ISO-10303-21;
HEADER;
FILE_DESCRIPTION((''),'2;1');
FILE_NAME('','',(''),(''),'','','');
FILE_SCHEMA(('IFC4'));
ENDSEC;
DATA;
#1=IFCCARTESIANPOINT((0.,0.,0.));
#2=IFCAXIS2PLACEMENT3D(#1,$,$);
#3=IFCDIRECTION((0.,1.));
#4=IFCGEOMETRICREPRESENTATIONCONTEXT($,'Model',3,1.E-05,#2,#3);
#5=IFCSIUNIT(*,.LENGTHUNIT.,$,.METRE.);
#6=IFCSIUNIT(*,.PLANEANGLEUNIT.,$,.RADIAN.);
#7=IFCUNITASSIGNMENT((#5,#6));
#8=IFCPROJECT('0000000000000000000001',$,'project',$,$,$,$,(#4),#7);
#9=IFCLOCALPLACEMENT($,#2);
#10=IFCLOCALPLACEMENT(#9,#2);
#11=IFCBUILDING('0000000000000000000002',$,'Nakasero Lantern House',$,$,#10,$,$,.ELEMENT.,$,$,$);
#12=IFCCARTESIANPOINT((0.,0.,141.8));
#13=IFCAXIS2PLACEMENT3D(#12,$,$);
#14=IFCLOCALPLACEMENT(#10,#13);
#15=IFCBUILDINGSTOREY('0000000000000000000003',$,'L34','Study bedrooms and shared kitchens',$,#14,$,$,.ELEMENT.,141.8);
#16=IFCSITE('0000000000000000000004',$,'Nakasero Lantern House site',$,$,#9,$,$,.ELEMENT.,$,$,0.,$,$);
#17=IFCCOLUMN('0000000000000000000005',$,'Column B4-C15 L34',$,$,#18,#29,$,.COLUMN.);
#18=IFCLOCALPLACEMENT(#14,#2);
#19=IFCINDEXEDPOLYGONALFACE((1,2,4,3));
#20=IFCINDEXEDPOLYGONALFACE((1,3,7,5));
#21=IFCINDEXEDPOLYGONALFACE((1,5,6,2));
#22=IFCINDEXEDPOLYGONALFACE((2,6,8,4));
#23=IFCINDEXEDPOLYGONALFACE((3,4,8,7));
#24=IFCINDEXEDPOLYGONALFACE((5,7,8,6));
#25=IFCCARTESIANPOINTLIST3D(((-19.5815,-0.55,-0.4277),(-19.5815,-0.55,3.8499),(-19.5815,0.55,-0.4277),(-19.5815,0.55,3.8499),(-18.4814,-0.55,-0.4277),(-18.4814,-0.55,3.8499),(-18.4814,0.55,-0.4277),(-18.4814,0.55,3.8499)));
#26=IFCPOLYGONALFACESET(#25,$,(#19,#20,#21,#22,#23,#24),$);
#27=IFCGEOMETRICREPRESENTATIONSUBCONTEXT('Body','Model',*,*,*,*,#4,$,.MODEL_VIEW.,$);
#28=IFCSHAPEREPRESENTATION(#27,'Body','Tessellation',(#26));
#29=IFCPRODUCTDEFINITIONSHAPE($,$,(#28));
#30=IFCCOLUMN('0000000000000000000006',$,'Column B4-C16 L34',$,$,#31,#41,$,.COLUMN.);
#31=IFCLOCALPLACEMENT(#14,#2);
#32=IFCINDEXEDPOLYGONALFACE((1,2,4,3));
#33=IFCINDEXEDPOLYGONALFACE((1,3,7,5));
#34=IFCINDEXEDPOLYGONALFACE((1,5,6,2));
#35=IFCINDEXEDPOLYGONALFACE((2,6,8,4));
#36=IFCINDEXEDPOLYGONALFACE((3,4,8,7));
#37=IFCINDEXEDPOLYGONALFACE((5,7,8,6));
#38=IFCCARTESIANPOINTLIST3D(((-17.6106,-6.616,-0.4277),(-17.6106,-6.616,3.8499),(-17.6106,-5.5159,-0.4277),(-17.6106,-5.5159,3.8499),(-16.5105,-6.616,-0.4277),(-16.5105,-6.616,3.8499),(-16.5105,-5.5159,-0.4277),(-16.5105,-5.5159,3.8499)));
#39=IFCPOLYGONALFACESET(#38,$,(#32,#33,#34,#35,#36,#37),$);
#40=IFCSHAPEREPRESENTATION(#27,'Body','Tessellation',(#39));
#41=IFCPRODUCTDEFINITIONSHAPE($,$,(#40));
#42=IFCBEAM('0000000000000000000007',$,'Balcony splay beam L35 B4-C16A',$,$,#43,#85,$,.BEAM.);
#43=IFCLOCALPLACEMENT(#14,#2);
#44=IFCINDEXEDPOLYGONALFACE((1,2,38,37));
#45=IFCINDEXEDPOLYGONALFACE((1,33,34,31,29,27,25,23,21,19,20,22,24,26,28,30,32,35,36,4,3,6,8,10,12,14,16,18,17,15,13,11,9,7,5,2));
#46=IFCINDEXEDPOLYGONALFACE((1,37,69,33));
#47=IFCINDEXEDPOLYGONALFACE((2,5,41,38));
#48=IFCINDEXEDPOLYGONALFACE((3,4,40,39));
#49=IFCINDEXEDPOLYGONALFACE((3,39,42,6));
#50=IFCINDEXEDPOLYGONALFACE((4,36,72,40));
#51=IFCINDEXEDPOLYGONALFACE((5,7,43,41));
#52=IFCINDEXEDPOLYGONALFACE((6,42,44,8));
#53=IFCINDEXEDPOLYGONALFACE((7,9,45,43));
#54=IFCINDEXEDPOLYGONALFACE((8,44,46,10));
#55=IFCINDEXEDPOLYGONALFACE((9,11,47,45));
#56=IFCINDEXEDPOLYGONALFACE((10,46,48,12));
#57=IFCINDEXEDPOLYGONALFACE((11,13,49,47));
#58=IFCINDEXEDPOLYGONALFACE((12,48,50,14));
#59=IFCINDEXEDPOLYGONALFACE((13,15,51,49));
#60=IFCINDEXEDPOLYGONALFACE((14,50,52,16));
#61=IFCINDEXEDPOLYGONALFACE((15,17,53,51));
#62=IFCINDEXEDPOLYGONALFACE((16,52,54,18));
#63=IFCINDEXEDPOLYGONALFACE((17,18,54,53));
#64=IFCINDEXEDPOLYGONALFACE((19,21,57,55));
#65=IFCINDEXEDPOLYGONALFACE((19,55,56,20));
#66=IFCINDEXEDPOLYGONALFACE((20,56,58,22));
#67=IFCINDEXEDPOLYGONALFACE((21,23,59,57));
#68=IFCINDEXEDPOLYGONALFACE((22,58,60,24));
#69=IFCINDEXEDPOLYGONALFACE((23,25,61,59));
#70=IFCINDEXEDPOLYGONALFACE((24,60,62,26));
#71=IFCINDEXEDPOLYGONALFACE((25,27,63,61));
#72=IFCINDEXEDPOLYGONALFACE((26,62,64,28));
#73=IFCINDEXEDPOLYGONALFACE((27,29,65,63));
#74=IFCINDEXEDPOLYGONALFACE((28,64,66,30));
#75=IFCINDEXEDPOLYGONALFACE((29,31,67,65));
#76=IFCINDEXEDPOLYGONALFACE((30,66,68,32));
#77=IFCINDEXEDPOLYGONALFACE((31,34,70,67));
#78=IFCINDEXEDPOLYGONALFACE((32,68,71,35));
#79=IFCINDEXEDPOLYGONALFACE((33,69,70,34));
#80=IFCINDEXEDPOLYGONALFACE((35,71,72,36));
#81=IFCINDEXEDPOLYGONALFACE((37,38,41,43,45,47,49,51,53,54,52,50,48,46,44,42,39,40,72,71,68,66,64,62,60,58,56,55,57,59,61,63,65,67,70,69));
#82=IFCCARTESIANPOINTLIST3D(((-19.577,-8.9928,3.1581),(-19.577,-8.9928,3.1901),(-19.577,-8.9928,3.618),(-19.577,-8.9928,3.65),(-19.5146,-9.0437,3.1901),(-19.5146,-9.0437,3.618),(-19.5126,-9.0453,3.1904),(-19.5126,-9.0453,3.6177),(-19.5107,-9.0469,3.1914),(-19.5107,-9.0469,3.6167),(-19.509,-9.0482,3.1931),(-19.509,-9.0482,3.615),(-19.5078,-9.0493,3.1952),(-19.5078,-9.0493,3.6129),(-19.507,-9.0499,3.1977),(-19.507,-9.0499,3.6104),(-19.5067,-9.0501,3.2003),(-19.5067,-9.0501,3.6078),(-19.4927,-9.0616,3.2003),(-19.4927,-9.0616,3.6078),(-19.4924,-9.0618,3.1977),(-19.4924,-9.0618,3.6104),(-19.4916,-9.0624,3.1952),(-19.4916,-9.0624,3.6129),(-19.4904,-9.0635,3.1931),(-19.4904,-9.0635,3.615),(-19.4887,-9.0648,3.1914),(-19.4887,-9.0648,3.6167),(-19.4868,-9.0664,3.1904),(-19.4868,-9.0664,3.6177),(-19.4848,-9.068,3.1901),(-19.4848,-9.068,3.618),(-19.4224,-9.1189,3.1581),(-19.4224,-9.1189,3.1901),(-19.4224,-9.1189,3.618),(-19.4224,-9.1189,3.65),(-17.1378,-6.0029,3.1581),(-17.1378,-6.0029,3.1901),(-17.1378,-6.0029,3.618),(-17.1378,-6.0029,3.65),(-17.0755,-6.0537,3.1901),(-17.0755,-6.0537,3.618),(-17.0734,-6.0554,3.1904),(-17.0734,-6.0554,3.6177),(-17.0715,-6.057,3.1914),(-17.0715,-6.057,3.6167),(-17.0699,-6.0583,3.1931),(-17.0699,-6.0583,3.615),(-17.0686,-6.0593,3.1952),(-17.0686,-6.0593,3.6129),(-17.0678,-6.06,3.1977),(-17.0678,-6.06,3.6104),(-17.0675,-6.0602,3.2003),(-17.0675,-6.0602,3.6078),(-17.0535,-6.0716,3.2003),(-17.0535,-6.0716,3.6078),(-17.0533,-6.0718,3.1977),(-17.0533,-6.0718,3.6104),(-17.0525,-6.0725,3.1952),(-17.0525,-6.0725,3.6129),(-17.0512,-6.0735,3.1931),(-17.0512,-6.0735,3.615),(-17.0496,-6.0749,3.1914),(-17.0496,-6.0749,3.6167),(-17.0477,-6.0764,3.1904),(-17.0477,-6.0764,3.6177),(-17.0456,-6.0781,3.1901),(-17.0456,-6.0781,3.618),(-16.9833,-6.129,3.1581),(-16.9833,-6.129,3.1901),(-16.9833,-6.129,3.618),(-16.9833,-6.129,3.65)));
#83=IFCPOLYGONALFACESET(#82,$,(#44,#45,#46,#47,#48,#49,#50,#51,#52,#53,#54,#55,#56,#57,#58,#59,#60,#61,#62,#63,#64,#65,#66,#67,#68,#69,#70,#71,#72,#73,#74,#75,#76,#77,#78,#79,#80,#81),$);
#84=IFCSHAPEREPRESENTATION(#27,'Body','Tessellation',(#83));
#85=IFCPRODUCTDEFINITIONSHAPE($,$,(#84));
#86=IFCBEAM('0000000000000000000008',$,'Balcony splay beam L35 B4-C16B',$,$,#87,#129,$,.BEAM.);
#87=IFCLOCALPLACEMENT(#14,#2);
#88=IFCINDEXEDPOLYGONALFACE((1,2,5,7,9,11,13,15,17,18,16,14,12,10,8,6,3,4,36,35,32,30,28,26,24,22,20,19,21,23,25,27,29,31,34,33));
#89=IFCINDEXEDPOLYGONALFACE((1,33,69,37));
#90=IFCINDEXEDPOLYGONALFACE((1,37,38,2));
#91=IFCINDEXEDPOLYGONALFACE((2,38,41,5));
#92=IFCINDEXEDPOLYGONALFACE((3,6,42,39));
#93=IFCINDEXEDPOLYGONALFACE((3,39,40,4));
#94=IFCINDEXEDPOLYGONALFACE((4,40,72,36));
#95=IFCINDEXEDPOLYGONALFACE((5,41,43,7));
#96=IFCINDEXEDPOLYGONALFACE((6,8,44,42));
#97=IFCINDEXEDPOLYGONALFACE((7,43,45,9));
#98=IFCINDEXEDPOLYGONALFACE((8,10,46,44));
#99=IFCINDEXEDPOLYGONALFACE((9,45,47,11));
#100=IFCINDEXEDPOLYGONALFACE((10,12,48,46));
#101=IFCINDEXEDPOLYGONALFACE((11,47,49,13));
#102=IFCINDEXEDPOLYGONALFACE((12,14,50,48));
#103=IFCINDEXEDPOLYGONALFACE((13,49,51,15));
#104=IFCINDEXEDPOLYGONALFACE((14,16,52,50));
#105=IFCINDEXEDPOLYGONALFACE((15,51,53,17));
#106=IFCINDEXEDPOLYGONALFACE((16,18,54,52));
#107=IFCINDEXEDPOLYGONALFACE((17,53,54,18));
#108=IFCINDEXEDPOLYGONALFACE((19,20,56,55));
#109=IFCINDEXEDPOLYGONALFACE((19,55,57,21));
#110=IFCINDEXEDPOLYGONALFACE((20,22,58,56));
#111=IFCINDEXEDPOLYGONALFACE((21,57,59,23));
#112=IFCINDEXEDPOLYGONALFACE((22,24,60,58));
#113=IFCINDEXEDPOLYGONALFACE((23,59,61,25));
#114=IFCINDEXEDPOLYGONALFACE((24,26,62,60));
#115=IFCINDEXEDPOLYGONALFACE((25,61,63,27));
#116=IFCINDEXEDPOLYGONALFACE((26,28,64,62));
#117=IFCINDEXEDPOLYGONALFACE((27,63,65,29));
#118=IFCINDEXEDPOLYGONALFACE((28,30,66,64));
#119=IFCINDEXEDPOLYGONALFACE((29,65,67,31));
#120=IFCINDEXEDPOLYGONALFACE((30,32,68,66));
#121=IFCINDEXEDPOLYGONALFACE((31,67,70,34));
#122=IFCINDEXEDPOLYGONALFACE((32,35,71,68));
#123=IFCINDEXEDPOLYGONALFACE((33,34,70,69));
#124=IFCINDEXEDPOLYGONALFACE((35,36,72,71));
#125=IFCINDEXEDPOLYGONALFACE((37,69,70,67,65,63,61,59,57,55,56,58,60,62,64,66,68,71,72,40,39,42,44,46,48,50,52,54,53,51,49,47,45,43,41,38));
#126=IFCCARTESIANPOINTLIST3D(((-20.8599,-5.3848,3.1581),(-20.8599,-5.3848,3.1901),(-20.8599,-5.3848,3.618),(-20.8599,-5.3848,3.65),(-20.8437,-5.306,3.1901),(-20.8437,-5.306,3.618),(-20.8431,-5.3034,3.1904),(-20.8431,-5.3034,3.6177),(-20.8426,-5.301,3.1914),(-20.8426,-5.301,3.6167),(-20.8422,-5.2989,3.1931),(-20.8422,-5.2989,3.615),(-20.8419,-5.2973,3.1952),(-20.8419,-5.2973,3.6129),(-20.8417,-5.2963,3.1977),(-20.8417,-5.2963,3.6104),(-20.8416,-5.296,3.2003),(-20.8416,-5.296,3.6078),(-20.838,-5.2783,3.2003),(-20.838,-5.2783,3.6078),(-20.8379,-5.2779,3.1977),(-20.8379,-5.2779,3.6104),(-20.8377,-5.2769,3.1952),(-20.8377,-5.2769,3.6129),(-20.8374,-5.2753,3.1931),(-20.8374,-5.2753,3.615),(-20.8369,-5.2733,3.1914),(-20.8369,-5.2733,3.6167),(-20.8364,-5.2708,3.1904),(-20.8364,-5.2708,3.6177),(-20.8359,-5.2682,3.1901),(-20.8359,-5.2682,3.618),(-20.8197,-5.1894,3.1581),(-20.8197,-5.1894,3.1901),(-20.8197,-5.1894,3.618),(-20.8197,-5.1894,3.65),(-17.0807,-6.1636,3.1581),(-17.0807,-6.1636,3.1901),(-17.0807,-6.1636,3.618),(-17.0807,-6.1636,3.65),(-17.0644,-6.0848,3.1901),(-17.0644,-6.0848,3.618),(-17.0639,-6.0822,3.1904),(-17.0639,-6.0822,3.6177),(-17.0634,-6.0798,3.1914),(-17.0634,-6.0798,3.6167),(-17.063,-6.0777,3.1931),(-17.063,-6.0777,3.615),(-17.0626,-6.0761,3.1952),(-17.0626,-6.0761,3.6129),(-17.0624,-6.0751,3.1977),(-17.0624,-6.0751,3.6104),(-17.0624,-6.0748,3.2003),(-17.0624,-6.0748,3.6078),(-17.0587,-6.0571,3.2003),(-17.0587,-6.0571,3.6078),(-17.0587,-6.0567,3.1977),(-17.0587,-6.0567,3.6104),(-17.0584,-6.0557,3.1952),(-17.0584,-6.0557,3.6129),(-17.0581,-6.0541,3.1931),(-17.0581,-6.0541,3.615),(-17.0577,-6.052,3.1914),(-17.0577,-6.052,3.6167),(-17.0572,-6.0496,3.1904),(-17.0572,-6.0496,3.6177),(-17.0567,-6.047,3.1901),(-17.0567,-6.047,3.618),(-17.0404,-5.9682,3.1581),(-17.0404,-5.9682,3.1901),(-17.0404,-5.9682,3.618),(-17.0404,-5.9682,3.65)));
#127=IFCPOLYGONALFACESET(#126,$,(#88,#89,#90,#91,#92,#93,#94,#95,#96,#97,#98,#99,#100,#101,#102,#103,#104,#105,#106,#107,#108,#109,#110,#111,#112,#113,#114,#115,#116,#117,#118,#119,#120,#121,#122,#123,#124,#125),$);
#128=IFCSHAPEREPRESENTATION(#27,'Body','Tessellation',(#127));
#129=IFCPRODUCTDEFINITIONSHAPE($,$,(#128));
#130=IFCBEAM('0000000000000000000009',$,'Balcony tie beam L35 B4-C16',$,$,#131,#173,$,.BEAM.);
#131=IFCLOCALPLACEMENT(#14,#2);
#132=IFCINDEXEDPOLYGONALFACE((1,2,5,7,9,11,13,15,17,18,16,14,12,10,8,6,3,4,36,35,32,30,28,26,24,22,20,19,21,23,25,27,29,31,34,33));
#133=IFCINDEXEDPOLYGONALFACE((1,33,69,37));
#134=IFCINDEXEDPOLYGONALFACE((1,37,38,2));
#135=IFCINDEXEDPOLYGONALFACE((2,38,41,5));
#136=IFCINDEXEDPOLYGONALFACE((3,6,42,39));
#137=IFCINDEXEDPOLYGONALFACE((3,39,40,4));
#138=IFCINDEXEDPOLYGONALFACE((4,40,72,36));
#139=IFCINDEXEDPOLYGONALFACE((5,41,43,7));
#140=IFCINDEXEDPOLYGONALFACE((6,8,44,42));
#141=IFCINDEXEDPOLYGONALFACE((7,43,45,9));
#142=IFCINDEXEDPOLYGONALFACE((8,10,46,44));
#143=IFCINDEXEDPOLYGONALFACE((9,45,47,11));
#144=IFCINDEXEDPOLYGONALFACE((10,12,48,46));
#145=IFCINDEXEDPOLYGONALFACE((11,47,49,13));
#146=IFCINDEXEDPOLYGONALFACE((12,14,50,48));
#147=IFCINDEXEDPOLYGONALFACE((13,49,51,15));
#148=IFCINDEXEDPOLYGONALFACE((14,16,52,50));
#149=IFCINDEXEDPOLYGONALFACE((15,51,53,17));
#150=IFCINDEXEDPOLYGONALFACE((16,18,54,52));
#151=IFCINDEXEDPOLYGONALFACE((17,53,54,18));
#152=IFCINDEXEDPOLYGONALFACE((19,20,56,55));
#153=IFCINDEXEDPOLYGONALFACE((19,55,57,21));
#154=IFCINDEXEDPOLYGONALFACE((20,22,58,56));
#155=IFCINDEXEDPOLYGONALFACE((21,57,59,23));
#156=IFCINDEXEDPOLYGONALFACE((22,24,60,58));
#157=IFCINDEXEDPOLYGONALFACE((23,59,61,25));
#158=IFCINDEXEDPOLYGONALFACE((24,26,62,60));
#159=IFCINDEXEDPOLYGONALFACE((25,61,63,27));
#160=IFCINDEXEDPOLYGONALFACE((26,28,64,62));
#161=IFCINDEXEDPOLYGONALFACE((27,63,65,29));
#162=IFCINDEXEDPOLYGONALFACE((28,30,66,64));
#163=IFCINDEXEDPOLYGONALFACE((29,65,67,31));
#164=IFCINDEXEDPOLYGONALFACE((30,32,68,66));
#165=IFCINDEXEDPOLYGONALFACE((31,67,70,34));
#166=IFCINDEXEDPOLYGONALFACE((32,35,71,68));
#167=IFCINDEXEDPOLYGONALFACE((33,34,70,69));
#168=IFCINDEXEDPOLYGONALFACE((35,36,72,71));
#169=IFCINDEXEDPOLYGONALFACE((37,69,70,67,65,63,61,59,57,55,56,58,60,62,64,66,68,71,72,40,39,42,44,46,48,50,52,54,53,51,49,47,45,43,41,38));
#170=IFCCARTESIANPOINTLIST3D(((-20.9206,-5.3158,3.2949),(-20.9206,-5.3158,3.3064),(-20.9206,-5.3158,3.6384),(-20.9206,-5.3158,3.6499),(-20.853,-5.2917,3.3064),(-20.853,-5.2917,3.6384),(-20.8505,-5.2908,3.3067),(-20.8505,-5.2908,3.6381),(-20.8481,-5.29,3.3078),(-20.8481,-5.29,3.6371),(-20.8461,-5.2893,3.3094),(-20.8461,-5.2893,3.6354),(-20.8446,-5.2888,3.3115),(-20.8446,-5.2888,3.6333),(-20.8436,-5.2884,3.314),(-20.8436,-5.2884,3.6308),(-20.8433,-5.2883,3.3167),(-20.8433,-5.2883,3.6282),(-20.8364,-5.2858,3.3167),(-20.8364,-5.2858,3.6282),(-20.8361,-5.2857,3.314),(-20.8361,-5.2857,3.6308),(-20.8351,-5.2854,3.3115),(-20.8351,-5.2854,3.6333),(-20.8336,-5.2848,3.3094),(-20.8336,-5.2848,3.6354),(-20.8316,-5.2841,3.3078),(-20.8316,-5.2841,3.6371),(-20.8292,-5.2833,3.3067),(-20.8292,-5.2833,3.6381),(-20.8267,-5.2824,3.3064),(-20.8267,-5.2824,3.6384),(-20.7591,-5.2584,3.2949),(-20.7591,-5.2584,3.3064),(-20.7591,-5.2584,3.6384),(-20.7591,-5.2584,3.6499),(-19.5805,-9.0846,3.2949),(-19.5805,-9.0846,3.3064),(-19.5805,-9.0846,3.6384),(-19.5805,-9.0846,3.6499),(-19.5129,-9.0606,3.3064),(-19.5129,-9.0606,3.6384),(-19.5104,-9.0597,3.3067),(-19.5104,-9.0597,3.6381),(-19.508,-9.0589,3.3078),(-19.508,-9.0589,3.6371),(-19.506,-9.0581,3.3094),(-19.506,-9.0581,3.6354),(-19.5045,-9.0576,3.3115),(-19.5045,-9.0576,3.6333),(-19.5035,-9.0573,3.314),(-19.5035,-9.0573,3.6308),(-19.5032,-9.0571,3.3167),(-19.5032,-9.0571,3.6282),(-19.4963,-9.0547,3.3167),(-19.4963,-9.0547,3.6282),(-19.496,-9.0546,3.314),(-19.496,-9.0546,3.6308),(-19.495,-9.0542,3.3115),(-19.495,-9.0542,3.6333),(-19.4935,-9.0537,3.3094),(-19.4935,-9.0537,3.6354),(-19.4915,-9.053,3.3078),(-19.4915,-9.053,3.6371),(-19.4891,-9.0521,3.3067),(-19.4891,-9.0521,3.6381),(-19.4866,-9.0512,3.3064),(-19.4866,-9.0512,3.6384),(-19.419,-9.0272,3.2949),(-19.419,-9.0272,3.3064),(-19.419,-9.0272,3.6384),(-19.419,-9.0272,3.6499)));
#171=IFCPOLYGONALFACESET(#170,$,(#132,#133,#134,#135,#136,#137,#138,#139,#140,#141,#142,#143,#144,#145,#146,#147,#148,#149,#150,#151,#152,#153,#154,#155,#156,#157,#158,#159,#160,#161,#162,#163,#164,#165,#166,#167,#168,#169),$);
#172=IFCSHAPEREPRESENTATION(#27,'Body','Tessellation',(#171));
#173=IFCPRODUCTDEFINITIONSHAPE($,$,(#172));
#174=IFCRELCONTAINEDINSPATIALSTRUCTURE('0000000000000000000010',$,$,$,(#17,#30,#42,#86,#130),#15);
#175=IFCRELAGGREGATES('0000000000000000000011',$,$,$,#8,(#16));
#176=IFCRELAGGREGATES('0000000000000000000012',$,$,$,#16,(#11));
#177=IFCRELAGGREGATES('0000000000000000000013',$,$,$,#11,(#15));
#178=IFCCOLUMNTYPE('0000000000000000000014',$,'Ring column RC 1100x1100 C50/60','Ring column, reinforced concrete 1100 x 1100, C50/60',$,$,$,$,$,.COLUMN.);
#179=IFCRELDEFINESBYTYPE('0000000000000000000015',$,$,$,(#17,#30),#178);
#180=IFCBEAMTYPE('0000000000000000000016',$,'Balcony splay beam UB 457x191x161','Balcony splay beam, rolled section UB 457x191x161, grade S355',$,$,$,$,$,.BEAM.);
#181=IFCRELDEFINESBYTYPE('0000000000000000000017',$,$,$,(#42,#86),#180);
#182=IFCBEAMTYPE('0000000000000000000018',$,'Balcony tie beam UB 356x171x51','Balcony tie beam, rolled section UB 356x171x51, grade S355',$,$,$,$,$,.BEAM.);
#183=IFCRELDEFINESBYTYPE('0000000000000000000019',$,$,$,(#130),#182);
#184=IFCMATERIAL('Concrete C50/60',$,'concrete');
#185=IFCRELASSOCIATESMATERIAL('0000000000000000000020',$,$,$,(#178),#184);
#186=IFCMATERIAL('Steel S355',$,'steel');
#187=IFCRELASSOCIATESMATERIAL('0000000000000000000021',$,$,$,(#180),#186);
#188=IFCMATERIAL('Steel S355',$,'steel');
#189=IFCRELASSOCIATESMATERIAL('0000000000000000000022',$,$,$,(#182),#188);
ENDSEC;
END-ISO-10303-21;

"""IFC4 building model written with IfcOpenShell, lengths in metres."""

from ifc_helpers import new_model, si_unit, direction, frame, origin, origin_2d, place, context, subcontext, project, spatial, rectangle, i_section, extrude, material, material_profile, profile_set, type_object, element, save


model = new_model("IFC4")

# Units and contexts
model_context = context("Model", 3, precision=1e-05, world=origin(), true_north=direction((0.0, 1.0)))
body_context = subcontext(model_context, "Body", "Model", "MODEL_VIEW")
ifc_project = project(units=[si_unit("LENGTHUNIT", "METRE"), si_unit("PLANEANGLEUNIT", "RADIAN")], contexts=[model_context])

# Site, building, storey
site_placement = place(None, origin())
site = spatial("IfcSite", under=ifc_project, at=site_placement, Name="Nakasero Lantern House site", CompositionType="ELEMENT", RefElevation=0.0)
building_placement = place(site_placement, origin())
building = spatial("IfcBuilding", under=site, at=building_placement, Name="Nakasero Lantern House", CompositionType="ELEMENT")
storey_placement = place(building_placement, frame((0.0, 0.0, 141.8)))
storey = spatial("IfcBuildingStorey", under=building, at=storey_placement, Name="L34", Description="Study bedrooms and shared kitchens", CompositionType="ELEMENT", Elevation=141.8)

# Columns
ifc_material_1 = material(Name="Concrete C50/60", Category="concrete")
ifc_material_profile_1 = material_profile(ifc_material_1, rectangle(XDim=1.1001, YDim=1.1001, at=origin_2d()), Name="RC 1100x1100")
ifc_profile_set_1 = profile_set([ifc_material_profile_1], Name="Concrete C50/60")
column_type = type_object("IfcColumnType", Name="Ring column RC 1100x1100 C50/60", Description="Ring column, reinforced concrete 1100 x 1100, C50/60", PredefinedType="COLUMN", material=ifc_profile_set_1)
for number, where, z_axis, x_axis, name in (
    (1, (-19.0315, 0.0, -0.4277), (0.0, 0.0, 1.0), (1.0, 0.0, 0.0), "Column B4-C15 L34"),
    (2, (-17.0605, -6.0659, -0.4277), (0.0, 0.0, 1.0), (1.0, 0.0, 0.0), "Column B4-C16 L34"),
):
    element("IfcColumn", number, at=place(storey_placement, frame(where, z_axis=z_axis, x_axis=x_axis)), inside=storey, type_object=column_type, Name=name, PredefinedType="COLUMN", context=body_context, shape_type="SweptSolid", body=[
        extrude(rectangle(XDim=1.1001, YDim=1.1001, at=origin_2d()), origin(), (0.0, 0.0, 1.0), 4.2776),
    ])

# Beams
ifc_material_2 = material(Name="Steel S355", Category="steel")
ifc_material_profile_2 = material_profile(ifc_material_2, i_section(OverallWidth=0.1995, OverallDepth=0.4919, WebThickness=0.0181, FlangeThickness=0.032, FilletRadius=0.0103, at=origin_2d()), Name="UB 457x191x161")
ifc_profile_set_2 = profile_set([ifc_material_profile_2], Name="Steel S355")
beam_type_1 = type_object("IfcBeamType", Name="Balcony splay beam UB 457x191x161", Description="Balcony splay beam, rolled section UB 457x191x161, grade S355", PredefinedType="BEAM", material=ifc_profile_set_2)
for number, where, z_axis, x_axis, name in (
    (3, (-17.0605, -6.0659, 3.4041), (-0.632128, -0.774864, 0.0), (0.774864, -0.632128, 0.0), "Balcony splay beam L35 B4-C16A"),
    (4, (-17.0605, -6.0659, 3.4041), (-0.97942, 0.201831, 0.0), (-0.201831, -0.97942, 0.0), "Balcony splay beam L35 B4-C16B"),
):
    element("IfcBeam", number, at=place(storey_placement, frame(where, z_axis=z_axis, x_axis=x_axis)), inside=storey, type_object=beam_type_1, Name=name, PredefinedType="BEAM", context=body_context, shape_type="SweptSolid", body=[
        extrude(i_section(OverallWidth=0.1995, OverallDepth=0.4919, WebThickness=0.0181, FlangeThickness=0.032, FilletRadius=0.0103, at=origin_2d()), origin(), (0.0, 0.0, 1.0), 3.8586),
    ])
ifc_material_3 = material(Name="Steel S355", Category="steel")
ifc_material_profile_3 = material_profile(ifc_material_3, i_section(OverallWidth=0.1714, OverallDepth=0.355, WebThickness=0.0073, FlangeThickness=0.0115, FilletRadius=0.0103, at=origin_2d()), Name="UB 356x171x51")
ifc_profile_set_3 = profile_set([ifc_material_profile_3], Name="Steel S355")
beam_type_2 = type_object("IfcBeamType", Name="Balcony tie beam UB 356x171x51", Description="Balcony tie beam, rolled section UB 356x171x51, grade S355", PredefinedType="BEAM", material=ifc_profile_set_3)
beam_1_placement = place(storey_placement, frame((-19.4998, -9.0559, 3.4724), z_axis=(-0.335025, 0.942209, 0.0), x_axis=(-0.942209, -0.335025, 0.0)))
element("IfcBeam", 5, at=beam_1_placement, inside=storey, type_object=beam_type_2, Name="Balcony tie beam L35 B4-C16", PredefinedType="BEAM", context=body_context, shape_type="SweptSolid", body=[
    extrude(i_section(OverallWidth=0.1714, OverallDepth=0.355, WebThickness=0.0073, FlangeThickness=0.0115, FilletRadius=0.0103, at=origin_2d()), origin(), (0.0, 0.0, 1.0), 4.0),
])

save(model, "model.ifc")
